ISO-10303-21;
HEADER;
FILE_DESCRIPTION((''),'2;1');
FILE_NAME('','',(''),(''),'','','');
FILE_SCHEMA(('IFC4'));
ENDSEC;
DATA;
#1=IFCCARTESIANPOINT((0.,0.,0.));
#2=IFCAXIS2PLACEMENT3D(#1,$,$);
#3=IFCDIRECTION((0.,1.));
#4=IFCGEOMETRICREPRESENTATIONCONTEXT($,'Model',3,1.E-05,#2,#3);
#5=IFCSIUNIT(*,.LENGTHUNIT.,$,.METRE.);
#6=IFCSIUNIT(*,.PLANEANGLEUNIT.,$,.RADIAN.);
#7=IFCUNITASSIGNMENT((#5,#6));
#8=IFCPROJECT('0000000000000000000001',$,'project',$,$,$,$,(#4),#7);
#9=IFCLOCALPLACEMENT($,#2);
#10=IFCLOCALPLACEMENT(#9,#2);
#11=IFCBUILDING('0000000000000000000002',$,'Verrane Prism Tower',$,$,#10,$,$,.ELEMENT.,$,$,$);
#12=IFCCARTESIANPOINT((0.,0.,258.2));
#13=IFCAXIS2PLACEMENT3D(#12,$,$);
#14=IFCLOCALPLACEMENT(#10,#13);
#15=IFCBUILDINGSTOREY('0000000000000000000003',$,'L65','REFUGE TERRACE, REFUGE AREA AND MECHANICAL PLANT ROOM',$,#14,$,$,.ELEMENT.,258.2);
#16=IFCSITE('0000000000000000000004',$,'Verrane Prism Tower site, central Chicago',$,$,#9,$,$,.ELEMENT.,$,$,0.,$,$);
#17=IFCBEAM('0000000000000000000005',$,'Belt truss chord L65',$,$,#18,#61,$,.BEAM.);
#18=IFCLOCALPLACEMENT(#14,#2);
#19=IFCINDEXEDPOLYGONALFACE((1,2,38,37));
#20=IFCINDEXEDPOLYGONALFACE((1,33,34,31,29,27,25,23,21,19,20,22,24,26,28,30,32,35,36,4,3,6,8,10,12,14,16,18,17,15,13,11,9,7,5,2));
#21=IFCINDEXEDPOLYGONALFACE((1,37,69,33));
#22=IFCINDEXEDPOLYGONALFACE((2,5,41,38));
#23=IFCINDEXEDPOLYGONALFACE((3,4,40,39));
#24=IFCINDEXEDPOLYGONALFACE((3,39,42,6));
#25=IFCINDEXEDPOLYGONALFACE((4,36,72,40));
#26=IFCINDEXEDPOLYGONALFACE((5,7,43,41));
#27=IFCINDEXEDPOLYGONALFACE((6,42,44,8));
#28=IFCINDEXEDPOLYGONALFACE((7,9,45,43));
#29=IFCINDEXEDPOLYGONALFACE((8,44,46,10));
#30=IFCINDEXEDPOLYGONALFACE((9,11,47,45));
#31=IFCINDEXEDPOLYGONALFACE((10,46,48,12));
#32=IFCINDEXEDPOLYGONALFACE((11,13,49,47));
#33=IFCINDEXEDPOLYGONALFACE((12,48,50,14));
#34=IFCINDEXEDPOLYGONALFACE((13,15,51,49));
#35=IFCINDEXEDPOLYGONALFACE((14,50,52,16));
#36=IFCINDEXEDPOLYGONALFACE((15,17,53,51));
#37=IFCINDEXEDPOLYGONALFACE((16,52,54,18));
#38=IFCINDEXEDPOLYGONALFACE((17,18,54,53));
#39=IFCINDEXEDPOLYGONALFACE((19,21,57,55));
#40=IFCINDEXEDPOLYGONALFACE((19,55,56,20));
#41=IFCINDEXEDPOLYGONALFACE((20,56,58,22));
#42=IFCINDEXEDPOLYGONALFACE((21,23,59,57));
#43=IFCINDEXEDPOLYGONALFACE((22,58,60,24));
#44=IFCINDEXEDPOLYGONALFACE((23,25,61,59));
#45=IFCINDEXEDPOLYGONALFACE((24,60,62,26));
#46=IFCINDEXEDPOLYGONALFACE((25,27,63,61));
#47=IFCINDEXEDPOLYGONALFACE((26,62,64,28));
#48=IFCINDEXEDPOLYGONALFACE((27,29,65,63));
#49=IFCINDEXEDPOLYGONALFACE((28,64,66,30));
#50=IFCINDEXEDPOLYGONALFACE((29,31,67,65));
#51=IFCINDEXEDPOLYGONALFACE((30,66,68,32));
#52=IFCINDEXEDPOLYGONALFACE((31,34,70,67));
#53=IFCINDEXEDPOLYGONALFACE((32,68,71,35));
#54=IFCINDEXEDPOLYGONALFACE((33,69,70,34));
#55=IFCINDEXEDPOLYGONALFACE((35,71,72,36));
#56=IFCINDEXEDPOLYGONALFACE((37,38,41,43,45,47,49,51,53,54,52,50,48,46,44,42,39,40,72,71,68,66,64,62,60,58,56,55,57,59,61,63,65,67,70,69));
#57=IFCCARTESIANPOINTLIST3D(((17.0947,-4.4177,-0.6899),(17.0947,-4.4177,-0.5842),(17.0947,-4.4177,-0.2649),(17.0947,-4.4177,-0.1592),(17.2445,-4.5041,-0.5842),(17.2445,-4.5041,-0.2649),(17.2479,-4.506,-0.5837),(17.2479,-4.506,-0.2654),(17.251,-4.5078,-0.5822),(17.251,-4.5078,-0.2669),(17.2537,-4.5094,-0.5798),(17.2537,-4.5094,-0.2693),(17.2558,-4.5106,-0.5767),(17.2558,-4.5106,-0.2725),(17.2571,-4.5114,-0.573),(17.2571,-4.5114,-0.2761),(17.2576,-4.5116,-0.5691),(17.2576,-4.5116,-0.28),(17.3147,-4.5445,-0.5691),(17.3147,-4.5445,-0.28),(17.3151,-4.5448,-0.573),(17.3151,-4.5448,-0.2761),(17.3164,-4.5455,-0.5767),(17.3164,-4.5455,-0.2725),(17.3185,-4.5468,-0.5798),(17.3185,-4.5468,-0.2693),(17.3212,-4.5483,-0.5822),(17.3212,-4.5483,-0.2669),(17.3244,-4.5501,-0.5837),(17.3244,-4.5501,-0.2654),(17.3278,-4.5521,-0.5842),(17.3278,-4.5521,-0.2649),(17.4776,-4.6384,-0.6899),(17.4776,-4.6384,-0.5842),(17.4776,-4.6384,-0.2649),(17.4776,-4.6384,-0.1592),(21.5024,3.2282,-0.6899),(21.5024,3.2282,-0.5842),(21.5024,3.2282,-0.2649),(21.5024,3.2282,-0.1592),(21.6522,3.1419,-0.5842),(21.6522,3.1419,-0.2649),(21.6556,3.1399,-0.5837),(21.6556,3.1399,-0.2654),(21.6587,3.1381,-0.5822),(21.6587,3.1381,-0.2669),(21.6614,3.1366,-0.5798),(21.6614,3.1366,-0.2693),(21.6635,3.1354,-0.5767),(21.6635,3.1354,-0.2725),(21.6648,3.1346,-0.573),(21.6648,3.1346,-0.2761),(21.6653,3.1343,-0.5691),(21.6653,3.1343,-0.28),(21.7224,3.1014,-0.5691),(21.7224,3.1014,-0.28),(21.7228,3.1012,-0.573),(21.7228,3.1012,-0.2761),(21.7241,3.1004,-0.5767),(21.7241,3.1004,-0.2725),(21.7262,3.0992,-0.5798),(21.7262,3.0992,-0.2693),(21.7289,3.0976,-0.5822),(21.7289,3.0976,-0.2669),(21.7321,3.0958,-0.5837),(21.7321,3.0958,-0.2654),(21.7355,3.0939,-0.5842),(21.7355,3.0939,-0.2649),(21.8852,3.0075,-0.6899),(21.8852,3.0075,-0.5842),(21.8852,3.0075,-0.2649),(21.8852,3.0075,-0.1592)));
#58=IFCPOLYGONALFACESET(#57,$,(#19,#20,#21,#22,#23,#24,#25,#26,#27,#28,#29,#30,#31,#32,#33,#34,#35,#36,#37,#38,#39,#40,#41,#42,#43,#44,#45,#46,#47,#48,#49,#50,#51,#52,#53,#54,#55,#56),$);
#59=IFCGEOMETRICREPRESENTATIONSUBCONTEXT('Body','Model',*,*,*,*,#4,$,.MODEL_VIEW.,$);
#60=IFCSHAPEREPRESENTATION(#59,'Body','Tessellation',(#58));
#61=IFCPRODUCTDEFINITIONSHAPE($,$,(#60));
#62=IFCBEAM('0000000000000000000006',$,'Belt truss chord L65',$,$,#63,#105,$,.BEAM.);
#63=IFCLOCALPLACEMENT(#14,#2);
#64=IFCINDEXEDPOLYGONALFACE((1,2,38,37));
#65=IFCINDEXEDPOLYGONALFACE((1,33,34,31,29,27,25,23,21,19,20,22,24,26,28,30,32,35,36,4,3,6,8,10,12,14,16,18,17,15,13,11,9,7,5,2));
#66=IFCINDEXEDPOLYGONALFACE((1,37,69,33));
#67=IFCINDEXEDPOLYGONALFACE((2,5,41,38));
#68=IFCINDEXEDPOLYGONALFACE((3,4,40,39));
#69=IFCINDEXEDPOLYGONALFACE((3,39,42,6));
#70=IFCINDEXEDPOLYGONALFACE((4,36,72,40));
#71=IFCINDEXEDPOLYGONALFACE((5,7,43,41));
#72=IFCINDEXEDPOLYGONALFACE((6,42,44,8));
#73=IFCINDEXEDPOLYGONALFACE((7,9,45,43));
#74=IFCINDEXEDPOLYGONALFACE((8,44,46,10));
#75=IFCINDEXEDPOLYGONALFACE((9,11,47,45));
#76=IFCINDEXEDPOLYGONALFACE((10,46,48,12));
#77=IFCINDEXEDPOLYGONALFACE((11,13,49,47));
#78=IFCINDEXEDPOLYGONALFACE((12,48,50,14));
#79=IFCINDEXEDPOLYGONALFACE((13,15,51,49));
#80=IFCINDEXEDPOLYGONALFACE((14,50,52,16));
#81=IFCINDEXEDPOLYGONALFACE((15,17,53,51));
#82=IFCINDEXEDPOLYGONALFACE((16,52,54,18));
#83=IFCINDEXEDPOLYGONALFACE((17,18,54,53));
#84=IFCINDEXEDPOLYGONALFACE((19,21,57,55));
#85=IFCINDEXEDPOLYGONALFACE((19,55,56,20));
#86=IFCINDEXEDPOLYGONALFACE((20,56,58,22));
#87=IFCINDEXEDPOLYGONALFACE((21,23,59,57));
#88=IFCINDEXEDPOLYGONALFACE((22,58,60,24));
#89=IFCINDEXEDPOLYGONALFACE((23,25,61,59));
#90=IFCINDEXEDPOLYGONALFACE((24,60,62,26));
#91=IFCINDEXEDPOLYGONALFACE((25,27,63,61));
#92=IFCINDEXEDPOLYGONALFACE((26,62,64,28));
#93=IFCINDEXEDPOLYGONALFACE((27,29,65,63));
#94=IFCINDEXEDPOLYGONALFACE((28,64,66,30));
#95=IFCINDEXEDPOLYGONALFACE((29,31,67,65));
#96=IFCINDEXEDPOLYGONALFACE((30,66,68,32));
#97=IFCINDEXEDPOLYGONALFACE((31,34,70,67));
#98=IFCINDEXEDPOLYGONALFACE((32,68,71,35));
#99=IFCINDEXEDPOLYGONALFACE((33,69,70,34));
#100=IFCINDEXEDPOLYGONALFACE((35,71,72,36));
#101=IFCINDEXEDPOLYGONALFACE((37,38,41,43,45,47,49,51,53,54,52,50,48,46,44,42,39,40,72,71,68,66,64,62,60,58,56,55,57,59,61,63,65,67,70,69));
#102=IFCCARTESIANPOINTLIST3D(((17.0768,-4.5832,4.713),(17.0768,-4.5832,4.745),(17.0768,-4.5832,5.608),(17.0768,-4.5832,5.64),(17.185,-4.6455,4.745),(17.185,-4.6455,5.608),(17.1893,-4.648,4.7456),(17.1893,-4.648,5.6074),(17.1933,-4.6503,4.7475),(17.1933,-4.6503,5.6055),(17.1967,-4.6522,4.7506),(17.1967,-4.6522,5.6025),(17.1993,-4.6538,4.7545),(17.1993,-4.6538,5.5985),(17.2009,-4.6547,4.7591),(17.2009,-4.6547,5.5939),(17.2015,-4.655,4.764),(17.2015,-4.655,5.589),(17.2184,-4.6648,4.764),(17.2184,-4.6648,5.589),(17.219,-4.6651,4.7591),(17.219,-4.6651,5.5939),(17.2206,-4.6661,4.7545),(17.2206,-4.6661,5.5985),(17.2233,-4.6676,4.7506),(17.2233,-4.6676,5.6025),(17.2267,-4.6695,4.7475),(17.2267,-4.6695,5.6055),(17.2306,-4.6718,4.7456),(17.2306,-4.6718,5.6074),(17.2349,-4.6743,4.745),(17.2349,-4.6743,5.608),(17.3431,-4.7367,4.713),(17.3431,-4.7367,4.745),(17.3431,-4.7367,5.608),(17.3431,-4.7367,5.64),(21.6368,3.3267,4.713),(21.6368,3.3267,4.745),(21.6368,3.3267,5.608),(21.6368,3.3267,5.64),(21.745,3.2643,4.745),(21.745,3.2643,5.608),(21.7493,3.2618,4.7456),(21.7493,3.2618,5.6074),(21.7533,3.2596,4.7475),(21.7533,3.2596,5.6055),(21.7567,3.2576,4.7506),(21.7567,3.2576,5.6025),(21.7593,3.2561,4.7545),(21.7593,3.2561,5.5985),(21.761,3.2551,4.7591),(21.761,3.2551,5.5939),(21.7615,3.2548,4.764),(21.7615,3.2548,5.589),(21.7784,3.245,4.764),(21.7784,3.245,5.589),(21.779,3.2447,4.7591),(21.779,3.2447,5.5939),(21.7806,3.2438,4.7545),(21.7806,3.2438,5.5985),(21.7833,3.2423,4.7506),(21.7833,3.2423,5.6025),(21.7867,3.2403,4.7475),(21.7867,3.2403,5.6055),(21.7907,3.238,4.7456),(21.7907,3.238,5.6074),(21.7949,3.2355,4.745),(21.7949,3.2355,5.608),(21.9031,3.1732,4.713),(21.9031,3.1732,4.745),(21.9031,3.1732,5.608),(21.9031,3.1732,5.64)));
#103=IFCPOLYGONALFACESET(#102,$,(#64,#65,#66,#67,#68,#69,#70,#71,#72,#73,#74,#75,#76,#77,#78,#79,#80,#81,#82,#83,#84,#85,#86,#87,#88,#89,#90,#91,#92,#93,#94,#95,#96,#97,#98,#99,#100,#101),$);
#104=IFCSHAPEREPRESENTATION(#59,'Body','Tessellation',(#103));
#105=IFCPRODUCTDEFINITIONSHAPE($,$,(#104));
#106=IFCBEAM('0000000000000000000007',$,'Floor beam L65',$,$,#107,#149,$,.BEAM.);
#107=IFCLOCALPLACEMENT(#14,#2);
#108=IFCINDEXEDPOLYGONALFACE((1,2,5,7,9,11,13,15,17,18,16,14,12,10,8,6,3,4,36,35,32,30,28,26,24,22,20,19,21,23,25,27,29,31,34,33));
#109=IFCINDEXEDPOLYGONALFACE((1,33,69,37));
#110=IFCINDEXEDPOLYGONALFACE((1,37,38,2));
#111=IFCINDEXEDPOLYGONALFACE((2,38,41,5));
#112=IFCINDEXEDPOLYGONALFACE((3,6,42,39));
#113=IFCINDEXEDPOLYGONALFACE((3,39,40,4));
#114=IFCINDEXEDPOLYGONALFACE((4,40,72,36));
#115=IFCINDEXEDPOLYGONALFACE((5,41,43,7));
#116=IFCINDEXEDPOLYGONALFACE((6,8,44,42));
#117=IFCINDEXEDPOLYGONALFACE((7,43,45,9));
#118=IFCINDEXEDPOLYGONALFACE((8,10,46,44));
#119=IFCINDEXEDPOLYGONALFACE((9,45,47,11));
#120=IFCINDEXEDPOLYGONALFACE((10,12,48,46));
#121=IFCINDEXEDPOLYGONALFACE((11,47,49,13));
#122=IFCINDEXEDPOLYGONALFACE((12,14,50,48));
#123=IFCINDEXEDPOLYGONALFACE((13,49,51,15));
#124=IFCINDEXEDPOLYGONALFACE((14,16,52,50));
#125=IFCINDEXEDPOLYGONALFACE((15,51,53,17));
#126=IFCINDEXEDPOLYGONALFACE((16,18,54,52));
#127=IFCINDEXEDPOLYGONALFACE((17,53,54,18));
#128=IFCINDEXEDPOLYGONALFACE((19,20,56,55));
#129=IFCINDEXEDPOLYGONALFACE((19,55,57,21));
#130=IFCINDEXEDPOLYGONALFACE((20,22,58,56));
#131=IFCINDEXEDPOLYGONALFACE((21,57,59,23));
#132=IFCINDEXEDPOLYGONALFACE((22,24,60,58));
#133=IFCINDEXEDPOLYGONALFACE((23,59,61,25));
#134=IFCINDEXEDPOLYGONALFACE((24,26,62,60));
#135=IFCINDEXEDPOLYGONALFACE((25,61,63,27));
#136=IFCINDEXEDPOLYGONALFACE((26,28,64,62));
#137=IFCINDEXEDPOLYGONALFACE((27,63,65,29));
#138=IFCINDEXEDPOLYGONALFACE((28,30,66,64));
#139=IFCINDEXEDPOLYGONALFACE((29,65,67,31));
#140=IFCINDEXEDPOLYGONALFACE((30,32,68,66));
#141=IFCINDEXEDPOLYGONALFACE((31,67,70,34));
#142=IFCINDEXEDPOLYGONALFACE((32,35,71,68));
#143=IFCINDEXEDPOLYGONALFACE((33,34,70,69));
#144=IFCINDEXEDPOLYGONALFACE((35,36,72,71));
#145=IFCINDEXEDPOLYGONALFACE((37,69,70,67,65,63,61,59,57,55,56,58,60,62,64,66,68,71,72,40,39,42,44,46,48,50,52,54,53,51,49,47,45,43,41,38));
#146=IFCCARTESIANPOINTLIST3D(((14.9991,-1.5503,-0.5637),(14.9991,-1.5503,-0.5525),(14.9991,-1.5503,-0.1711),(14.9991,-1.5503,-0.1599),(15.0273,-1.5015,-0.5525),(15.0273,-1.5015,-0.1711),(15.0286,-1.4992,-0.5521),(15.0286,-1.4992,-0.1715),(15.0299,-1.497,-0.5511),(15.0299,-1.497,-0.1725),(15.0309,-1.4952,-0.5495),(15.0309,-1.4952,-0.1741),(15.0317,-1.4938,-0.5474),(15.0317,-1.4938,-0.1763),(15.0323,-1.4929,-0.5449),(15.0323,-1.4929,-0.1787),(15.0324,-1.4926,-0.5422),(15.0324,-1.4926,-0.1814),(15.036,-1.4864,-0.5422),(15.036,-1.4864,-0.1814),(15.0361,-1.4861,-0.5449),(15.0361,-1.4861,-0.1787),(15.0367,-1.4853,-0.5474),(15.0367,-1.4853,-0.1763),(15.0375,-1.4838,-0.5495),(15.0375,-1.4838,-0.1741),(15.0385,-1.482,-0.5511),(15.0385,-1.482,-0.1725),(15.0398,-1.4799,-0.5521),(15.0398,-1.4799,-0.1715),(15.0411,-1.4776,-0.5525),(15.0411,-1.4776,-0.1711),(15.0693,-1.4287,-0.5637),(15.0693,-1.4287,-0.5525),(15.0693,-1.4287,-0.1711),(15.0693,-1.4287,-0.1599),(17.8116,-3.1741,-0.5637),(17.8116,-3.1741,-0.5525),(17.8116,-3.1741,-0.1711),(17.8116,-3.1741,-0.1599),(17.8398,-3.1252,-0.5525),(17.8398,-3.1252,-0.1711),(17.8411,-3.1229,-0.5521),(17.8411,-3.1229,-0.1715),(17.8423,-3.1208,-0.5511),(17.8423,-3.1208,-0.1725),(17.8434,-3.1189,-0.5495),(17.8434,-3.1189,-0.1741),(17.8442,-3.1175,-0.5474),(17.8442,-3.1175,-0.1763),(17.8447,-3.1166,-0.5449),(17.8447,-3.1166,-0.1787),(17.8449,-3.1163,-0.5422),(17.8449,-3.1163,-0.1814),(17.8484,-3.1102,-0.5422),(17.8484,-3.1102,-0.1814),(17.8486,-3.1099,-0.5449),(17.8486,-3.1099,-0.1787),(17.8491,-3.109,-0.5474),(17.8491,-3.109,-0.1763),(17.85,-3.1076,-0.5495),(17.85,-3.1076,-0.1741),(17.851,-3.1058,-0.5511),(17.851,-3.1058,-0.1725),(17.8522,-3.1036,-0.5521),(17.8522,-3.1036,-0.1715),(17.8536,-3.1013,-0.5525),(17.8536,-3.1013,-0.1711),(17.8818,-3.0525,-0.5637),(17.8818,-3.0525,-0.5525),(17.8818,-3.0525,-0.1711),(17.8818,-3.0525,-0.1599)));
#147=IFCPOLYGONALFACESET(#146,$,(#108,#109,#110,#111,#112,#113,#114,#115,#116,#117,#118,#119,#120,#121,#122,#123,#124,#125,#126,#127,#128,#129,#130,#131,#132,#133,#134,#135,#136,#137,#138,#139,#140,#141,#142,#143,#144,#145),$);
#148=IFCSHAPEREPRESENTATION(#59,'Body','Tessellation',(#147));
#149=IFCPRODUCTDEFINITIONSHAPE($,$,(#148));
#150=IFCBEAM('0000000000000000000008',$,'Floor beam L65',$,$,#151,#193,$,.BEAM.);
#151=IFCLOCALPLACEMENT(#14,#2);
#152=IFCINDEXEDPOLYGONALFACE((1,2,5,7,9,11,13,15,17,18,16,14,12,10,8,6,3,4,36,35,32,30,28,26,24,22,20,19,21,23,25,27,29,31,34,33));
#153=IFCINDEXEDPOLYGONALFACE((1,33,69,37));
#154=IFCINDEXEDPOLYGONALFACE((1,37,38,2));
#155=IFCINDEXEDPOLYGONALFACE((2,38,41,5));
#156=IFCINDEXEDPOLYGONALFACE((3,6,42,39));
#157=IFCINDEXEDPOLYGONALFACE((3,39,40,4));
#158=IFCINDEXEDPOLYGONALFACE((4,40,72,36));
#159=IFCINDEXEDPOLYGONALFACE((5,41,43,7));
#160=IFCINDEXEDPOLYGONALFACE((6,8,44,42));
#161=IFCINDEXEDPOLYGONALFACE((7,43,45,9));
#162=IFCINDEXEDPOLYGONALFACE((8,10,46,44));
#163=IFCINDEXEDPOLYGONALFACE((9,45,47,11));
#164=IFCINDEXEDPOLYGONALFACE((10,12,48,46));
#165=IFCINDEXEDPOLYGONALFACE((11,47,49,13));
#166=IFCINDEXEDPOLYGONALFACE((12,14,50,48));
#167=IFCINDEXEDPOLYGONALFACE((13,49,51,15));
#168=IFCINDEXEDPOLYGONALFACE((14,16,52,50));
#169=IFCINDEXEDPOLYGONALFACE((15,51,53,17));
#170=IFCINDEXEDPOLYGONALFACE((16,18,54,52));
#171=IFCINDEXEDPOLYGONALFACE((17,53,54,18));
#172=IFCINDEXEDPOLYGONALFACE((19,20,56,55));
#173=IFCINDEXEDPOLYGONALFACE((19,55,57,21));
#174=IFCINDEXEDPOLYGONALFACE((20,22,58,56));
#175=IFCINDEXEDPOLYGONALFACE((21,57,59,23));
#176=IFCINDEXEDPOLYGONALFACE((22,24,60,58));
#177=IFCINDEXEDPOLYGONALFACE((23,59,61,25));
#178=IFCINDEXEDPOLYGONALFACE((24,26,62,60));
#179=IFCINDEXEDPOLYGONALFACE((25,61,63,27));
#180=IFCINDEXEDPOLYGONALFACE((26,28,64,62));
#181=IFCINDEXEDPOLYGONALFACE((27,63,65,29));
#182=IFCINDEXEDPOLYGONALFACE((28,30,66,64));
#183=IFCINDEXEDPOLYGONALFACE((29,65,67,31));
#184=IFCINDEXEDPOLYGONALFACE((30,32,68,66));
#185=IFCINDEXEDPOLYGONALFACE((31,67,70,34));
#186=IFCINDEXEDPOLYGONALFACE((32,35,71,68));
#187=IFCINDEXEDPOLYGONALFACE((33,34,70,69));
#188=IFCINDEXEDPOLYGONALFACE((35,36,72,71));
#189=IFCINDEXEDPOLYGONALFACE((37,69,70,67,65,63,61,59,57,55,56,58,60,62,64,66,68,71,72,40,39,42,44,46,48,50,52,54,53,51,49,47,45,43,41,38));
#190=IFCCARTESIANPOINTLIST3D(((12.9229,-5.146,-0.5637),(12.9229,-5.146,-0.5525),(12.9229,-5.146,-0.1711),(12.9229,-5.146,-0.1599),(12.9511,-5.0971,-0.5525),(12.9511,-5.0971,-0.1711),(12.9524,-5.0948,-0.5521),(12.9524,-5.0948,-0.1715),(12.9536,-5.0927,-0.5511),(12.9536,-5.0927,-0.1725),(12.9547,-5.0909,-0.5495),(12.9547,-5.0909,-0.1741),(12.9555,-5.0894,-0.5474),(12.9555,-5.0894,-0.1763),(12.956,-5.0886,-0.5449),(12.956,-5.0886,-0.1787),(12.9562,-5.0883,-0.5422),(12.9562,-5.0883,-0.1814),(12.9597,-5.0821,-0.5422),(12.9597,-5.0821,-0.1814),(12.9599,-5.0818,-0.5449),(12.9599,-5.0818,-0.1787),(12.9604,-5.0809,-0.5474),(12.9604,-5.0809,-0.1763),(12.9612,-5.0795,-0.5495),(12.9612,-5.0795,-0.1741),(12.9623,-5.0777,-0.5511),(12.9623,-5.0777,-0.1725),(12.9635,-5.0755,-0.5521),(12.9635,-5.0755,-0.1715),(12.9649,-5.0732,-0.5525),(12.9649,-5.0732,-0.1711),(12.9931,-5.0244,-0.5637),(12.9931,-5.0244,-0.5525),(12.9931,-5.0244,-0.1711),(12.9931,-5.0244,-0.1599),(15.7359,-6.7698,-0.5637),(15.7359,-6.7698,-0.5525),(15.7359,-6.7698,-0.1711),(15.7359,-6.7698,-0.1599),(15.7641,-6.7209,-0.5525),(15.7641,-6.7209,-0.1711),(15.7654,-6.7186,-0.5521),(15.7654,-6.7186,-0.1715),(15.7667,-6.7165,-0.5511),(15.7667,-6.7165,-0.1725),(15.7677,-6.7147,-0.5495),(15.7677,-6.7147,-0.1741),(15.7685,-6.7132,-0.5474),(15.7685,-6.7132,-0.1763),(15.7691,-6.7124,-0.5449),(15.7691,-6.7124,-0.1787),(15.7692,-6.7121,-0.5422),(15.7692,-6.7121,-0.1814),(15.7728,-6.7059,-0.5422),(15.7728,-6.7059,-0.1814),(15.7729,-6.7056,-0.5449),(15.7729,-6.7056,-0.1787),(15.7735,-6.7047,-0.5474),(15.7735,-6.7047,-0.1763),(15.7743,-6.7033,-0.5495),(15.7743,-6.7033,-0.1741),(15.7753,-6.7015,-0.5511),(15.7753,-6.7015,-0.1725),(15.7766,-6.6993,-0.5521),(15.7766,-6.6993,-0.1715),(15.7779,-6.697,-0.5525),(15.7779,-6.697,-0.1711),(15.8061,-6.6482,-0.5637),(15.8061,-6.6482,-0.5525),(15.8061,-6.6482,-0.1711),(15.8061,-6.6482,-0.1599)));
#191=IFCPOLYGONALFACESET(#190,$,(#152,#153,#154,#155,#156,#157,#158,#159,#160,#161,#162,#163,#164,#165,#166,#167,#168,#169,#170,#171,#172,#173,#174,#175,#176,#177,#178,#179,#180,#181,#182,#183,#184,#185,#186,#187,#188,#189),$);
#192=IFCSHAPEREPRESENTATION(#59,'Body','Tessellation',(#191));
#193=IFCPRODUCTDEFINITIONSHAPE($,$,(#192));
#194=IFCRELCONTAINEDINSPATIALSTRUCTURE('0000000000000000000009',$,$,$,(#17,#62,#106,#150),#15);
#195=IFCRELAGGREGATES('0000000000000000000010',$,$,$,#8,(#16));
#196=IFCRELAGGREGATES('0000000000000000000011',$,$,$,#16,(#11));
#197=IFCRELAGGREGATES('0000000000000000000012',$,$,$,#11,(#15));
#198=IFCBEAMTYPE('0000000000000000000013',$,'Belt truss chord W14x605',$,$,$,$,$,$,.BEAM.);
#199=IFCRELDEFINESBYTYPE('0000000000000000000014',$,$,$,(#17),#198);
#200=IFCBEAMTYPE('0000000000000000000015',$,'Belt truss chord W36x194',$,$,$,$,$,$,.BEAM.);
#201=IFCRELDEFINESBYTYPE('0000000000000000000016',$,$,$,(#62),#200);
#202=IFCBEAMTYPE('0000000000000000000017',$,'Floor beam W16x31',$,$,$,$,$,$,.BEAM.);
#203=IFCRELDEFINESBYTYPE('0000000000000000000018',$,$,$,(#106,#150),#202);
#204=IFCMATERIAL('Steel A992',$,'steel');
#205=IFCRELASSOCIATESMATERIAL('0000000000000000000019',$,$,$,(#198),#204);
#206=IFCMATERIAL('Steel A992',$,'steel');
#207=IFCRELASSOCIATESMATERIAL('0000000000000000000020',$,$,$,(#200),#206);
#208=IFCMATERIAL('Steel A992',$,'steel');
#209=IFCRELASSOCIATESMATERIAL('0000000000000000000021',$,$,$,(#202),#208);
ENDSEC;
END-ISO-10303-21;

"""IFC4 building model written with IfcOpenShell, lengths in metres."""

from ifc_helpers import new_model, si_unit, direction, frame, origin, origin_2d, place, context, subcontext, project, spatial, i_section, extrude, material, material_profile, profile_set, type_object, element, save


model = new_model("IFC4")

# Units and contexts
model_context = context("Model", 3, precision=1e-05, world=origin(), true_north=direction((0.0, 1.0)))
body_context = subcontext(model_context, "Body", "Model", "MODEL_VIEW")
ifc_project = project(units=[si_unit("LENGTHUNIT", "METRE"), si_unit("PLANEANGLEUNIT", "RADIAN")], contexts=[model_context])

# Site, building, storey
site_placement = place(None, origin())
site = spatial("IfcSite", under=ifc_project, at=site_placement, Name="Verrane Prism Tower site, central Chicago", CompositionType="ELEMENT", RefElevation=0.0)
building_placement = place(site_placement, origin())
building = spatial("IfcBuilding", under=site, at=building_placement, Name="Verrane Prism Tower", CompositionType="ELEMENT")
storey_placement = place(building_placement, frame((0.0, 0.0, 258.2)))
storey = spatial("IfcBuildingStorey", under=building, at=storey_placement, Name="L65", Description="REFUGE TERRACE, REFUGE AREA AND MECHANICAL PLANT ROOM", CompositionType="ELEMENT", Elevation=258.2)

# Beams
ifc_material_1 = material(Name="Steel A992", Category="steel")
ifc_material_profile_1 = material_profile(ifc_material_1, i_section(OverallWidth=0.4419, OverallDepth=0.5308, WebThickness=0.0659, FlangeThickness=0.1057, FilletRadius=0.0151, at=origin_2d()), Name="W14x605")
ifc_profile_set_1 = profile_set([ifc_material_profile_1], Name="Steel A992")
beam_type_1 = type_object("IfcBeamType", Name="Belt truss chord W14x605", PredefinedType="BEAM", material=ifc_profile_set_1)
beam_1_placement = place(storey_placement, frame((17.2861, -4.5281, -0.4246), z_axis=(0.49943, 0.866354, 0.0), x_axis=(-0.866354, 0.49943, 0.0)))
element("IfcBeam", 1, at=beam_1_placement, inside=storey, type_object=beam_type_1, Name="Belt truss chord L65", PredefinedType="BEAM", context=body_context, shape_type="SweptSolid", body=[
    extrude(i_section(OverallWidth=0.4419, OverallDepth=0.5308, WebThickness=0.0659, FlangeThickness=0.1057, FilletRadius=0.0151, at=origin_2d()), origin(), (0.0, 0.0, 1.0), 8.8254),
])
ifc_material_2 = material(Name="Steel A992", Category="steel")
ifc_material_profile_2 = material_profile(ifc_material_2, i_section(OverallWidth=0.3074, OverallDepth=0.927, WebThickness=0.0195, FlangeThickness=0.032, FilletRadius=0.019, at=origin_2d()), Name="W36x194")
ifc_profile_set_2 = profile_set([ifc_material_profile_2], Name="Steel A992")
beam_type_2 = type_object("IfcBeamType", Name="Belt truss chord W36x194", PredefinedType="BEAM", material=ifc_profile_set_2)
beam_2_placement = place(storey_placement, frame((17.21, -4.6599, 5.1765), z_axis=(0.499447, 0.866344, 0.0), x_axis=(-0.866344, 0.499447, 0.0)))
element("IfcBeam", 2, at=beam_2_placement, inside=storey, type_object=beam_type_2, Name="Belt truss chord L65", PredefinedType="BEAM", context=body_context, shape_type="SweptSolid", body=[
    extrude(i_section(OverallWidth=0.3074, OverallDepth=0.927, WebThickness=0.0195, FlangeThickness=0.032, FilletRadius=0.019, at=origin_2d()), origin(), (0.0, 0.0, 1.0), 9.1301),
])
ifc_material_3 = material(Name="Steel A992", Category="steel")
ifc_material_profile_3 = material_profile(ifc_material_3, i_section(OverallWidth=0.1404, OverallDepth=0.4038, WebThickness=0.0071, FlangeThickness=0.0112, FilletRadius=0.0103, at=origin_2d()), Name="W16x31")
ifc_profile_set_3 = profile_set([ifc_material_profile_3], Name="Steel A992")
beam_type_3 = type_object("IfcBeamType", Name="Floor beam W16x31", PredefinedType="BEAM", material=ifc_profile_set_3)
beam_3_placement = place(storey_placement, frame((17.8467, -3.1133, -0.3618), z_axis=(-0.866028, 0.499996, 0.0), x_axis=(-0.499996, -0.866028, 0.0)))
element("IfcBeam", 3, at=beam_3_placement, inside=storey, type_object=beam_type_3, Name="Floor beam L65", PredefinedType="BEAM", context=body_context, shape_type="SweptSolid", body=[
    extrude(i_section(OverallWidth=0.1404, OverallDepth=0.4038, WebThickness=0.0071, FlangeThickness=0.0112, FilletRadius=0.0103, at=origin_2d()), origin(), (0.0, 0.0, 1.0), 3.2476),
])
beam_4_placement = place(storey_placement, frame((15.771, -6.709, -0.3618), z_axis=(-0.866065, 0.499931, 0.0), x_axis=(-0.499931, -0.866065, 0.0)))
element("IfcBeam", 4, at=beam_4_placement, inside=storey, type_object=beam_type_3, Name="Floor beam L65", PredefinedType="BEAM", context=body_context, shape_type="SweptSolid", body=[
    extrude(i_section(OverallWidth=0.1404, OverallDepth=0.4038, WebThickness=0.0071, FlangeThickness=0.0112, FilletRadius=0.0103, at=origin_2d()), origin(), (0.0, 0.0, 1.0), 3.248),
])

save(model, "model.ifc")
